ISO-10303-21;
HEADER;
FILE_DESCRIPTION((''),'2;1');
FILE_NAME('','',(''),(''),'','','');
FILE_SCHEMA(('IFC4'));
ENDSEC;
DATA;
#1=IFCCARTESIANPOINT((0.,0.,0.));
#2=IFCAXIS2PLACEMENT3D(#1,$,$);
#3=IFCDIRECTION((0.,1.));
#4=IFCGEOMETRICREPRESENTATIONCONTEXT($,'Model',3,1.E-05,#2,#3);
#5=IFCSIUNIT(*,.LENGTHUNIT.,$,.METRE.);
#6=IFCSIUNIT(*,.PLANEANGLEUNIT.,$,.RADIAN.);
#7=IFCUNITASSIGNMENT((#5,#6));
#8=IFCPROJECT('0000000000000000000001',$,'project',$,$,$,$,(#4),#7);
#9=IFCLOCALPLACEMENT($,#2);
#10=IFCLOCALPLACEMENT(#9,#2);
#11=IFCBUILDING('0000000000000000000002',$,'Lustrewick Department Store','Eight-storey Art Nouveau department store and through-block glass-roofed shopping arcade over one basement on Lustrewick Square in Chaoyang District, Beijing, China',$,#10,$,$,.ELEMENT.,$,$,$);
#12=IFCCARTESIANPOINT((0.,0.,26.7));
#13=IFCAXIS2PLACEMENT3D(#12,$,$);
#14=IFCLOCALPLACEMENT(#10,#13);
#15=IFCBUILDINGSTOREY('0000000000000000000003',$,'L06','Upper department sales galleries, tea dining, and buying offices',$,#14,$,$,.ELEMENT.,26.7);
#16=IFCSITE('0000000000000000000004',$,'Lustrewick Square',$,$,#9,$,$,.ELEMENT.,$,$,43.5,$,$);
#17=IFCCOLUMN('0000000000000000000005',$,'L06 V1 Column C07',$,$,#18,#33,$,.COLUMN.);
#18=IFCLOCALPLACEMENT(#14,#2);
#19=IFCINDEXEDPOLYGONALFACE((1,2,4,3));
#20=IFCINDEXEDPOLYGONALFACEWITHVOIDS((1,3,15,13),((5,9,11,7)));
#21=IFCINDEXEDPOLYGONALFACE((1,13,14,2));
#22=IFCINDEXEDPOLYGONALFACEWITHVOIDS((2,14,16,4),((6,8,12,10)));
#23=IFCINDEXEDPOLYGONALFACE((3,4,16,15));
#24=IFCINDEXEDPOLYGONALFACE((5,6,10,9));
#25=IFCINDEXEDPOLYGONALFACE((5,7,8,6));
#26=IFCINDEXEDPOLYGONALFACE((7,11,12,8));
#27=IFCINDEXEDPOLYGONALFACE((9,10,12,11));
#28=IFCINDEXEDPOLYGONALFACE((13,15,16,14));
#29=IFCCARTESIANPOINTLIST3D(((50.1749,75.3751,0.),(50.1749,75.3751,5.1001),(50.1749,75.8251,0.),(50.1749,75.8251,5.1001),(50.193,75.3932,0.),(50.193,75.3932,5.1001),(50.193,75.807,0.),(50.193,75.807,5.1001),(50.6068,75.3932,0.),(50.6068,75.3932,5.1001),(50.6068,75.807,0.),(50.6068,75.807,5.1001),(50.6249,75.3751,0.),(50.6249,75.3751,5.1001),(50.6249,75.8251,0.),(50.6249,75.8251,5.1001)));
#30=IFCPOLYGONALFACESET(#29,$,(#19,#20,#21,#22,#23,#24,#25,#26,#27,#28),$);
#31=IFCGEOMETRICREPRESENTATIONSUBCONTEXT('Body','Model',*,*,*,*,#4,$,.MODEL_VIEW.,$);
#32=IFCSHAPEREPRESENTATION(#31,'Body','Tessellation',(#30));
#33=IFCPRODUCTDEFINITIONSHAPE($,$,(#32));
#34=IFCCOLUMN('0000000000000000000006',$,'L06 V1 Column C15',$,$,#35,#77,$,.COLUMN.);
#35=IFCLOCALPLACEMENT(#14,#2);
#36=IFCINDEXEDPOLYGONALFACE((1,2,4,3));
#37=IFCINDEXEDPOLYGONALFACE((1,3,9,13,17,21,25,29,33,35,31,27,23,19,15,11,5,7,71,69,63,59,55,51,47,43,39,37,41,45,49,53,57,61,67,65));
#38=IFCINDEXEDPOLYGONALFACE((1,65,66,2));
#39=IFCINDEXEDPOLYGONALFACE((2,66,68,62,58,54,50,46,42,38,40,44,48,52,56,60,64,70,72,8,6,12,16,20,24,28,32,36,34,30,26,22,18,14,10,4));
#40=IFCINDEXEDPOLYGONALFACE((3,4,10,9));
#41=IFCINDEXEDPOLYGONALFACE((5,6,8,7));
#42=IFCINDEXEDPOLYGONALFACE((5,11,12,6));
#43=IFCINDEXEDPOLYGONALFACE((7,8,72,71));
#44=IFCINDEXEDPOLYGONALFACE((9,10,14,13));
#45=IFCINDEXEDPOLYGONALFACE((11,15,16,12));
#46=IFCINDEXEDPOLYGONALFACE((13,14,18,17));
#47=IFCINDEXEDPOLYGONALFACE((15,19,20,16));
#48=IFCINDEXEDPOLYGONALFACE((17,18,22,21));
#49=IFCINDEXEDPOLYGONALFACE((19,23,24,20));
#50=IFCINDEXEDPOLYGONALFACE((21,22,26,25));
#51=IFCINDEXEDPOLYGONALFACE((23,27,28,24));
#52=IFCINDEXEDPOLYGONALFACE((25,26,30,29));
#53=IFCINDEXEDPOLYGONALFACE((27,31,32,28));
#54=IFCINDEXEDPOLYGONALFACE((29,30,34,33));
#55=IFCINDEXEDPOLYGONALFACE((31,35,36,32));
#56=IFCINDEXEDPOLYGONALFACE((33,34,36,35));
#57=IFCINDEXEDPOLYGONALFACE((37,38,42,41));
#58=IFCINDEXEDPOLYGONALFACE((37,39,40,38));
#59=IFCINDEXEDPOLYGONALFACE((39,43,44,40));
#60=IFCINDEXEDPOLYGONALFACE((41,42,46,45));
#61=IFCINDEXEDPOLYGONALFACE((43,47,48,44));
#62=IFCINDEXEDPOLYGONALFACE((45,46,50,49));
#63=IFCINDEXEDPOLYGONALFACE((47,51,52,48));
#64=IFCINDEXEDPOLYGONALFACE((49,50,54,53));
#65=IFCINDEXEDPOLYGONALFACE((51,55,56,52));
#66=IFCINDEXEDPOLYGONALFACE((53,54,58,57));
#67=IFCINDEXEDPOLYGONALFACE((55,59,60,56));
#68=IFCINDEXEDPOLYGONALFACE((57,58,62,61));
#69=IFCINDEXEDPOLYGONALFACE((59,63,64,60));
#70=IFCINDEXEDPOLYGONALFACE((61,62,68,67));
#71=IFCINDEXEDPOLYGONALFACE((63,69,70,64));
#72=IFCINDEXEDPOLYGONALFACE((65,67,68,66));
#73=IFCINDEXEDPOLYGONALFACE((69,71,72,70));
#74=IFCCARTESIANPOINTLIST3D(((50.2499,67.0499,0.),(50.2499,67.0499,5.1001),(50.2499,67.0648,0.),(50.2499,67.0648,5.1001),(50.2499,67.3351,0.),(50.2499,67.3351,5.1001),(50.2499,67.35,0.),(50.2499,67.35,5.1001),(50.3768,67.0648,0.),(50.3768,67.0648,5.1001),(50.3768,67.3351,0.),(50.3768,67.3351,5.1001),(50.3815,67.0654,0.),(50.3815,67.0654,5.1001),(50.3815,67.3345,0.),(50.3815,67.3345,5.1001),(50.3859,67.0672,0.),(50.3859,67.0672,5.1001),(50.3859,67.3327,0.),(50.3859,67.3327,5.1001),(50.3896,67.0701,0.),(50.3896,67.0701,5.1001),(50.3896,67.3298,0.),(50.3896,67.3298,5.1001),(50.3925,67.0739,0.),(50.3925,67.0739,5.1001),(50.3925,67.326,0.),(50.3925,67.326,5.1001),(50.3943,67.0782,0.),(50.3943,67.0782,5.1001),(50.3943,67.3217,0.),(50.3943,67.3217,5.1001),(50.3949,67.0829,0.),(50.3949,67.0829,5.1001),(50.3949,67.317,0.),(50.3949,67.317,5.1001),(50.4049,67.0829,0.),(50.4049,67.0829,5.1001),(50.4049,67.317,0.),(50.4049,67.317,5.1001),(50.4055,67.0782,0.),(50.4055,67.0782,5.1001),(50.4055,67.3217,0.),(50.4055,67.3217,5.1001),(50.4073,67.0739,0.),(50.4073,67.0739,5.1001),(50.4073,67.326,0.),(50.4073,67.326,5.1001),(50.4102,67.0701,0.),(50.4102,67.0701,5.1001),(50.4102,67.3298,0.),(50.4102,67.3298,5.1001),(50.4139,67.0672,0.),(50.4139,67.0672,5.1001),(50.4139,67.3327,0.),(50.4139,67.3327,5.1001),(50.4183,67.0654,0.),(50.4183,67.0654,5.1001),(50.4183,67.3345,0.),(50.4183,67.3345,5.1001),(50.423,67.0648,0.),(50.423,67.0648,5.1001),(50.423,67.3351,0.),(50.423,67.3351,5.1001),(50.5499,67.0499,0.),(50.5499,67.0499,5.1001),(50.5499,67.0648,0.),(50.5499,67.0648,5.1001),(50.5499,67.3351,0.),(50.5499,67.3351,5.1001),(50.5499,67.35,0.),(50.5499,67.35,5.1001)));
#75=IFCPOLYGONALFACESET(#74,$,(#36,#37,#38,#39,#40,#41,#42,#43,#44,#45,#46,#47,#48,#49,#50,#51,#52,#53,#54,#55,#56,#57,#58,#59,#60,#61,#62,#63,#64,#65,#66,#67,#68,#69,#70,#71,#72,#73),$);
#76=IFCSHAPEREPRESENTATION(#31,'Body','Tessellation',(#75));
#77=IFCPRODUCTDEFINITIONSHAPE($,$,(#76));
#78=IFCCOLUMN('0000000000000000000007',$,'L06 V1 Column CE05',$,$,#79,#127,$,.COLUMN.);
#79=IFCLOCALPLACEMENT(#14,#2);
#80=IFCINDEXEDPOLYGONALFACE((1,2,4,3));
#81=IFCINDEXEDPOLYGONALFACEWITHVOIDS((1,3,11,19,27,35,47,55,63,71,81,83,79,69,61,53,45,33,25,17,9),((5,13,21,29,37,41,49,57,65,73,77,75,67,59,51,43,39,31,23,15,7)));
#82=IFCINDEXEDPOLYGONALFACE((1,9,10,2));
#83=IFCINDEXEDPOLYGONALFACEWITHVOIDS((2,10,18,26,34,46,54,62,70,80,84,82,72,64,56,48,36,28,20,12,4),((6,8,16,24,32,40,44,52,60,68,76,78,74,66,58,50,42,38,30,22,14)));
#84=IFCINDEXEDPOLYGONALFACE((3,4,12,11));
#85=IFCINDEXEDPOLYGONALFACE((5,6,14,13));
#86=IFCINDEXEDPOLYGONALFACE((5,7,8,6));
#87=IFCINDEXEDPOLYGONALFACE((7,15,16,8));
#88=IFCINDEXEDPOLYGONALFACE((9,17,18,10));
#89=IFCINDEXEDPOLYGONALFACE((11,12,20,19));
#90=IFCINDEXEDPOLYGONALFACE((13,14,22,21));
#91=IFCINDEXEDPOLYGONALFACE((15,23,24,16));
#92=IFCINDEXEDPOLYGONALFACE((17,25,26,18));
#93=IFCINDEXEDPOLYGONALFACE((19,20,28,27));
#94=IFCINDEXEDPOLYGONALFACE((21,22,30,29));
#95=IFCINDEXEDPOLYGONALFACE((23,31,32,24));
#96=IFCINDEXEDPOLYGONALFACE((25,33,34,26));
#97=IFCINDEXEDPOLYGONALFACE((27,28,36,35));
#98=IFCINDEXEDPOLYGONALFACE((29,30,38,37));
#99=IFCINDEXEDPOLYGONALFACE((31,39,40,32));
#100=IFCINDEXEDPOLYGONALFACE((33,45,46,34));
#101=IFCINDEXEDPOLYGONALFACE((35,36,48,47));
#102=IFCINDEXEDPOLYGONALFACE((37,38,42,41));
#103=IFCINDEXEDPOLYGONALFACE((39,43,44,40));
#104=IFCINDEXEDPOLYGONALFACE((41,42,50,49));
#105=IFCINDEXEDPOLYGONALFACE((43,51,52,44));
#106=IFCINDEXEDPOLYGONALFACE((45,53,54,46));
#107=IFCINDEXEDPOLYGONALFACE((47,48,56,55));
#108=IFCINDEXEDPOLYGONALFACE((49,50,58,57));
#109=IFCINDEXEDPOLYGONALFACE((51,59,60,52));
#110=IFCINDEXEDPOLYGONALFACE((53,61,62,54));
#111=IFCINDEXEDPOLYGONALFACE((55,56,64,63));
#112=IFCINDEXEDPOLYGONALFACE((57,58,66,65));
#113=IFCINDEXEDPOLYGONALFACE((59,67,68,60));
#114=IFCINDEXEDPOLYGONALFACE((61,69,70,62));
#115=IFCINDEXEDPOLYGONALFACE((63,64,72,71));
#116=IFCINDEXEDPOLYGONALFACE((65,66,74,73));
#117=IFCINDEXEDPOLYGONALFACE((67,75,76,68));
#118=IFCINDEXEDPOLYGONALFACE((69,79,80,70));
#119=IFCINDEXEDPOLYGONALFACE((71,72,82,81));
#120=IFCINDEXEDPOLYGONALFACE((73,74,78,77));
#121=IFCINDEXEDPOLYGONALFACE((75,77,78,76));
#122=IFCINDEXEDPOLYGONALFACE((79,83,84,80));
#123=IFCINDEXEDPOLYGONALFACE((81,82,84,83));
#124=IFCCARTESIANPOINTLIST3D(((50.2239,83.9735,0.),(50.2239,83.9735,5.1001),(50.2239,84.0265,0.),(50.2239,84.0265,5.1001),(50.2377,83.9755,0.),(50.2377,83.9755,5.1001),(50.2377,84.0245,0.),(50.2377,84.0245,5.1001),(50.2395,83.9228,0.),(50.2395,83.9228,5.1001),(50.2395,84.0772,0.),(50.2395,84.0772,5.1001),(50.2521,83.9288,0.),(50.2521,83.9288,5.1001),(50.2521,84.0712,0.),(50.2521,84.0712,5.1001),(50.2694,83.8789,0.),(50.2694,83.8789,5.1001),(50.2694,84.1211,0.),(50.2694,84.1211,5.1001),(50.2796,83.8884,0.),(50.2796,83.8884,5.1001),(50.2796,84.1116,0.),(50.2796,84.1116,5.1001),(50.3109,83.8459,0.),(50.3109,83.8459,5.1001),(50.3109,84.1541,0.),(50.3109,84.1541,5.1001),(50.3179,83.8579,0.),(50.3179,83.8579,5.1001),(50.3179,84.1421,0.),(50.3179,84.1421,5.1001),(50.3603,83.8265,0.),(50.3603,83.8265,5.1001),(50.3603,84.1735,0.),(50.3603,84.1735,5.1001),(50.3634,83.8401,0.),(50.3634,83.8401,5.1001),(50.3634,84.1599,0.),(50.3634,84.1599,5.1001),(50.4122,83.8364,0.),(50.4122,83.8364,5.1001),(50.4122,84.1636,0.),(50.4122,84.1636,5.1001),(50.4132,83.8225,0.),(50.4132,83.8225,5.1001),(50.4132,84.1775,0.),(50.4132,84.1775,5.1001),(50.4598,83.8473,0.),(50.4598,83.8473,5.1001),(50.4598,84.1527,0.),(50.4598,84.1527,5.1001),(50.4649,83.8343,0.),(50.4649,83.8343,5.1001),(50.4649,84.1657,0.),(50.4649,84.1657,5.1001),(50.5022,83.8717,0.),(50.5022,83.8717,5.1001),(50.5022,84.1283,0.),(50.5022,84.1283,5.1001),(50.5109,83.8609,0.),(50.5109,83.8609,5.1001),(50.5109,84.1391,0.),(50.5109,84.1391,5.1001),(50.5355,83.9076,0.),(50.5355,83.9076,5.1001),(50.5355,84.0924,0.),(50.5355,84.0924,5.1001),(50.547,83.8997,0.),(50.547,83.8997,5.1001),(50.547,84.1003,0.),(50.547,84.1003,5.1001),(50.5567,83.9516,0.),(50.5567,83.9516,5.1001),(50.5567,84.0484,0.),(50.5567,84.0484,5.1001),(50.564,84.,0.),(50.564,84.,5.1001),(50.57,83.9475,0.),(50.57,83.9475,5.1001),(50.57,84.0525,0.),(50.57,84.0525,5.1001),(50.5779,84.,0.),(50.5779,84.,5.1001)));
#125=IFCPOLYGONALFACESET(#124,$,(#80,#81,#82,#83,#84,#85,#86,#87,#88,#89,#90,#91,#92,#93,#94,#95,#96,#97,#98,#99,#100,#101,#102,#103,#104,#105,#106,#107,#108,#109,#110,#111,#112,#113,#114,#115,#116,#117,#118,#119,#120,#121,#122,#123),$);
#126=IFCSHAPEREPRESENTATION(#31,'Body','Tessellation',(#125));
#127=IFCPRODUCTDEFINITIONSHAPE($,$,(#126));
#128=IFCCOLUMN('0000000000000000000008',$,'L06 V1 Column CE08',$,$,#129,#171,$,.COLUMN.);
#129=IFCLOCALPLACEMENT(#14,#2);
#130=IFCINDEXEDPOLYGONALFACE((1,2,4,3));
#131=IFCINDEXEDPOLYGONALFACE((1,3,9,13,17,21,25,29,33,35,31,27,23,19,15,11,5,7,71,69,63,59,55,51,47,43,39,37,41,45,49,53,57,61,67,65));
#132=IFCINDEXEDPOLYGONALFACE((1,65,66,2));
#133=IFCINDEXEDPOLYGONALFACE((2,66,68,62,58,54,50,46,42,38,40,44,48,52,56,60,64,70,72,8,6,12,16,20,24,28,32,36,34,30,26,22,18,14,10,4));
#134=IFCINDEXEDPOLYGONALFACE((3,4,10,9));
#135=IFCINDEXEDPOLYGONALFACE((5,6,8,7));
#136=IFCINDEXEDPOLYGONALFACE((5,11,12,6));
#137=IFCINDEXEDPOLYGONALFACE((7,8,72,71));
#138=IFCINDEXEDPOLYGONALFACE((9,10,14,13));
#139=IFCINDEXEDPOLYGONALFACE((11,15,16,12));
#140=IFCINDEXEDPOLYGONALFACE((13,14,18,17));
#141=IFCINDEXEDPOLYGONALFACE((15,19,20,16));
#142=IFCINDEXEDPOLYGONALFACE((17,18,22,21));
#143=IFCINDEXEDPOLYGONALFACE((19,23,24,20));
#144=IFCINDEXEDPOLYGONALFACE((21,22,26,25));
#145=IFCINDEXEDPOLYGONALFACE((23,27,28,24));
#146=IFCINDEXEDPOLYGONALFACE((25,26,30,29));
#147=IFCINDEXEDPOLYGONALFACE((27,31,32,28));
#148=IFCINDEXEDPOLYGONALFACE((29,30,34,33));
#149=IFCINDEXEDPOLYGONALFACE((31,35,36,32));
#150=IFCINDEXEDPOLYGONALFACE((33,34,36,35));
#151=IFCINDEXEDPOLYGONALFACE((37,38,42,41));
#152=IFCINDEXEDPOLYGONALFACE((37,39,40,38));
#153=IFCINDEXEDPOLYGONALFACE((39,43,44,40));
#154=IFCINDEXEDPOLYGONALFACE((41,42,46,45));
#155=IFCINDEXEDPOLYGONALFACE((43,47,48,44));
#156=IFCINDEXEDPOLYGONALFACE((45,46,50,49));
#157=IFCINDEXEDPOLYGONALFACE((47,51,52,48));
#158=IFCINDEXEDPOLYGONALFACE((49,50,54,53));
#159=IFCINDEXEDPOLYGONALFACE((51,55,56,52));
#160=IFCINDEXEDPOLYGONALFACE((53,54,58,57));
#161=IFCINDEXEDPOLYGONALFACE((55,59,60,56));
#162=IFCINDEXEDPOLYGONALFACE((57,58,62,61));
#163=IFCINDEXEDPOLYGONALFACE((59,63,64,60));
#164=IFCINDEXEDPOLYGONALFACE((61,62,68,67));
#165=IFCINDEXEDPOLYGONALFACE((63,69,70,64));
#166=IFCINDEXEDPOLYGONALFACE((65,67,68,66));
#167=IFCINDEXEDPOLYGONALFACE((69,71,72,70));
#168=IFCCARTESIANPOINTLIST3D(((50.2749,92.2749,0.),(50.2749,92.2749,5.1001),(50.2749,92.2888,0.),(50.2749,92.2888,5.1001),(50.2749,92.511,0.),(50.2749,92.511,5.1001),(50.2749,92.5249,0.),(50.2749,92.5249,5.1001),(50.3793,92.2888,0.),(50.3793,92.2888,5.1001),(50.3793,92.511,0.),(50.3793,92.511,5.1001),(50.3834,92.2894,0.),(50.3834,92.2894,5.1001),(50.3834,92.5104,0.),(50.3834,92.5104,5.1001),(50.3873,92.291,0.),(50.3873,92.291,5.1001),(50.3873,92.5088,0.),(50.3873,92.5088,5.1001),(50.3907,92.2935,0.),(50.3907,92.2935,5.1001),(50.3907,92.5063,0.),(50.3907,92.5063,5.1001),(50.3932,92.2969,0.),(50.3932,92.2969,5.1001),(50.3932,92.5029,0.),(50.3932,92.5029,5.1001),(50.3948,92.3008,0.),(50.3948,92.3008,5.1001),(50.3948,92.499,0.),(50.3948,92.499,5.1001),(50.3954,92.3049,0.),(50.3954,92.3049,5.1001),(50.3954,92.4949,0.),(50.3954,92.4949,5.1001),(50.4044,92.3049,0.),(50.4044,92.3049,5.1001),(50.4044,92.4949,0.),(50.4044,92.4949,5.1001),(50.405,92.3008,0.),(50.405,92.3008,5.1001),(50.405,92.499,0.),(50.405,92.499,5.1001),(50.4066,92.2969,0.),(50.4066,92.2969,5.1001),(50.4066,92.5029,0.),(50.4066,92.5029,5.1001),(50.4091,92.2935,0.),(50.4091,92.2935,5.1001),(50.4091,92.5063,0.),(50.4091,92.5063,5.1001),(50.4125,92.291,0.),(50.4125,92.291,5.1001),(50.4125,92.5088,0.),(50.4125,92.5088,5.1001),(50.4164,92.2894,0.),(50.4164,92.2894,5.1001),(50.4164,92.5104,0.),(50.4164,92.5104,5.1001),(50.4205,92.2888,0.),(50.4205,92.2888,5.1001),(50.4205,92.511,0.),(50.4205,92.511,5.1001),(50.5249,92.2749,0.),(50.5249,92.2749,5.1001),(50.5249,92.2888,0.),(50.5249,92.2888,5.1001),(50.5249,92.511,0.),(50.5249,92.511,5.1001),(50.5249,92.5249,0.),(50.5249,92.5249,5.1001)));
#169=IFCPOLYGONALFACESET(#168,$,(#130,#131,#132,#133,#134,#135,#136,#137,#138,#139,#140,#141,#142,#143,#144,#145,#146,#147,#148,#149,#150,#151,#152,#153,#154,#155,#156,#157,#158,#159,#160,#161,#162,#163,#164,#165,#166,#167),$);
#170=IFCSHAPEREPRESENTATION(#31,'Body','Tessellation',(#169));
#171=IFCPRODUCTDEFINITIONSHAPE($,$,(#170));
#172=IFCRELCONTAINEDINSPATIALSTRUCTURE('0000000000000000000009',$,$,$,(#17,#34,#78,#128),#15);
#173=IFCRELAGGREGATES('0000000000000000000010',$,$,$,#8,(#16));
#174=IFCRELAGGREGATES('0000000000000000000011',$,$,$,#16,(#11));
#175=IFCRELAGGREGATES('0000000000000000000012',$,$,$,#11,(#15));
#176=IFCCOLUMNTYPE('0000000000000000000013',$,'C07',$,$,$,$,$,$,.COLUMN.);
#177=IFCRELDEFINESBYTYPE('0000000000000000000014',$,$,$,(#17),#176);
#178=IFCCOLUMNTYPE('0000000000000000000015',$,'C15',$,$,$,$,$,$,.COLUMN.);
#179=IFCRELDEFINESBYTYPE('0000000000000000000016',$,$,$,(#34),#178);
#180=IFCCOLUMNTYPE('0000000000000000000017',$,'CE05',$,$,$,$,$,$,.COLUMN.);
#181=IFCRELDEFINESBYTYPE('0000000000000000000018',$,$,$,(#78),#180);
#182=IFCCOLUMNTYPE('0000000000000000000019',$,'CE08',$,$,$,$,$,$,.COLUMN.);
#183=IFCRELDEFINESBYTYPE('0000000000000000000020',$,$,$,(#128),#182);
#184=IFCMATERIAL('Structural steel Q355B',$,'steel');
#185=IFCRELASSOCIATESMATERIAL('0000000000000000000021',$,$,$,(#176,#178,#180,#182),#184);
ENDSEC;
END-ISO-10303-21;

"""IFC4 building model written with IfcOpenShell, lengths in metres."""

from ifc_helpers import new_model, si_unit, direction, frame, origin, origin_2d, place, context, subcontext, project, spatial, hollow_rectangle, hollow_circle, i_section, extrude, material, material_profile, profile_set, type_object, element, save


model = new_model("IFC4")

# Units and contexts
model_context = context("Model", 3, precision=1e-05, world=origin(), true_north=direction((0.0, 1.0)))
body_context = subcontext(model_context, "Body", "Model", "MODEL_VIEW")
ifc_project = project(units=[si_unit("LENGTHUNIT", "METRE"), si_unit("PLANEANGLEUNIT", "RADIAN")], contexts=[model_context])

# Site, building, storey
site_placement = place(None, origin())
site = spatial("IfcSite", under=ifc_project, at=site_placement, Name="Lustrewick Square", CompositionType="ELEMENT", RefElevation=43.5)
building_placement = place(site_placement, origin())
building = spatial("IfcBuilding", under=site, at=building_placement, Name="Lustrewick Department Store", Description="Eight-storey Art Nouveau department store and through-block glass-roofed shopping arcade over one basement on Lustrewick Square in Chaoyang District, Beijing, China", CompositionType="ELEMENT")
storey_placement = place(building_placement, frame((0.0, 0.0, 26.7)))
storey = spatial("IfcBuildingStorey", under=building, at=storey_placement, Name="L06", Description="Upper department sales galleries, tea dining, and buying offices", CompositionType="ELEMENT", Elevation=26.7)

# Columns
ifc_material_1 = material(Name="Structural steel Q355B", Category="steel")
ifc_material_profile_1 = material_profile(ifc_material_1, hollow_rectangle(XDim=0.45, YDim=0.45, WallThickness=0.0181, at=origin_2d()), Name="BOX 450x450x18")
ifc_profile_set_1 = profile_set([ifc_material_profile_1], Name="Structural steel Q355B")
column_type_1 = type_object("IfcColumnType", Name="C07", PredefinedType="COLUMN", material=ifc_profile_set_1)
column_1_placement = place(storey_placement, frame((50.3999, 75.6001, 0.0), z_axis=(0.0, 0.0, 1.0), x_axis=(1.0, 0.0, 0.0)))
element("IfcColumn", 1, at=column_1_placement, inside=storey, type_object=column_type_1, Name="L06 V1 Column C07", PredefinedType="COLUMN", context=body_context, shape_type="SweptSolid", body=[
    extrude(hollow_rectangle(XDim=0.45, YDim=0.45, WallThickness=0.0181, at=origin_2d()), origin(), (0.0, 0.0, 1.0), 5.1001),
])
ifc_material_profile_2 = material_profile(ifc_material_1, i_section(OverallWidth=0.3, OverallDepth=0.3, WebThickness=0.01, FlangeThickness=0.0149, FilletRadius=0.0181, at=origin_2d()), Name="HW 300x300x10x15")
ifc_profile_set_2 = profile_set([ifc_material_profile_2], Name="Structural steel Q355B")
column_type_2 = type_object("IfcColumnType", Name="C15", PredefinedType="COLUMN", material=ifc_profile_set_2)
column_2_placement = place(storey_placement, frame((50.3999, 67.2, 0.0), z_axis=(0.0, 0.0, 1.0), x_axis=(1.0, 0.0, 0.0)))
element("IfcColumn", 2, at=column_2_placement, inside=storey, type_object=column_type_2, Name="L06 V1 Column C15", PredefinedType="COLUMN", context=body_context, shape_type="SweptSolid", body=[
    extrude(i_section(OverallWidth=0.3, OverallDepth=0.3, WebThickness=0.01, FlangeThickness=0.0149, FilletRadius=0.0181, at=origin_2d()), origin(), (0.0, 0.0, 1.0), 5.1001),
])
ifc_material_profile_3 = material_profile(ifc_material_1, hollow_circle(Radius=0.178, WallThickness=0.0139, at=origin_2d()), Name="CHS 356x14")
ifc_profile_set_3 = profile_set([ifc_material_profile_3], Name="Structural steel Q355B")
column_type_3 = type_object("IfcColumnType", Name="CE05", PredefinedType="COLUMN", material=ifc_profile_set_3)
column_3_placement = place(storey_placement, frame((50.3999, 84.0, 0.0), z_axis=(0.0, 0.0, 1.0), x_axis=(1.0, 0.0, 0.0)))
element("IfcColumn", 3, at=column_3_placement, inside=storey, type_object=column_type_3, Name="L06 V1 Column CE05", PredefinedType="COLUMN", context=body_context, shape_type="SweptSolid", body=[
    extrude(hollow_circle(Radius=0.178, WallThickness=0.0139, at=origin_2d()), origin(), (0.0, 0.0, 1.0), 5.1001),
])
ifc_material_profile_4 = material_profile(ifc_material_1, i_section(OverallWidth=0.25, OverallDepth=0.25, WebThickness=0.009, FlangeThickness=0.0139, FilletRadius=0.0161, at=origin_2d()), Name="HW 250x250x9x14")
ifc_profile_set_4 = profile_set([ifc_material_profile_4], Name="Structural steel Q355B")
column_type_4 = type_object("IfcColumnType", Name="CE08", PredefinedType="COLUMN", material=ifc_profile_set_4)
column_4_placement = place(storey_placement, frame((50.3999, 92.3999, 0.0), z_axis=(0.0, 0.0, 1.0), x_axis=(1.0, 0.0, 0.0)))
element("IfcColumn", 4, at=column_4_placement, inside=storey, type_object=column_type_4, Name="L06 V1 Column CE08", PredefinedType="COLUMN", context=body_context, shape_type="SweptSolid", body=[
    extrude(i_section(OverallWidth=0.25, OverallDepth=0.25, WebThickness=0.009, FlangeThickness=0.0139, FilletRadius=0.0161, at=origin_2d()), origin(), (0.0, 0.0, 1.0), 5.1001),
])

save(model, "model.ifc")
